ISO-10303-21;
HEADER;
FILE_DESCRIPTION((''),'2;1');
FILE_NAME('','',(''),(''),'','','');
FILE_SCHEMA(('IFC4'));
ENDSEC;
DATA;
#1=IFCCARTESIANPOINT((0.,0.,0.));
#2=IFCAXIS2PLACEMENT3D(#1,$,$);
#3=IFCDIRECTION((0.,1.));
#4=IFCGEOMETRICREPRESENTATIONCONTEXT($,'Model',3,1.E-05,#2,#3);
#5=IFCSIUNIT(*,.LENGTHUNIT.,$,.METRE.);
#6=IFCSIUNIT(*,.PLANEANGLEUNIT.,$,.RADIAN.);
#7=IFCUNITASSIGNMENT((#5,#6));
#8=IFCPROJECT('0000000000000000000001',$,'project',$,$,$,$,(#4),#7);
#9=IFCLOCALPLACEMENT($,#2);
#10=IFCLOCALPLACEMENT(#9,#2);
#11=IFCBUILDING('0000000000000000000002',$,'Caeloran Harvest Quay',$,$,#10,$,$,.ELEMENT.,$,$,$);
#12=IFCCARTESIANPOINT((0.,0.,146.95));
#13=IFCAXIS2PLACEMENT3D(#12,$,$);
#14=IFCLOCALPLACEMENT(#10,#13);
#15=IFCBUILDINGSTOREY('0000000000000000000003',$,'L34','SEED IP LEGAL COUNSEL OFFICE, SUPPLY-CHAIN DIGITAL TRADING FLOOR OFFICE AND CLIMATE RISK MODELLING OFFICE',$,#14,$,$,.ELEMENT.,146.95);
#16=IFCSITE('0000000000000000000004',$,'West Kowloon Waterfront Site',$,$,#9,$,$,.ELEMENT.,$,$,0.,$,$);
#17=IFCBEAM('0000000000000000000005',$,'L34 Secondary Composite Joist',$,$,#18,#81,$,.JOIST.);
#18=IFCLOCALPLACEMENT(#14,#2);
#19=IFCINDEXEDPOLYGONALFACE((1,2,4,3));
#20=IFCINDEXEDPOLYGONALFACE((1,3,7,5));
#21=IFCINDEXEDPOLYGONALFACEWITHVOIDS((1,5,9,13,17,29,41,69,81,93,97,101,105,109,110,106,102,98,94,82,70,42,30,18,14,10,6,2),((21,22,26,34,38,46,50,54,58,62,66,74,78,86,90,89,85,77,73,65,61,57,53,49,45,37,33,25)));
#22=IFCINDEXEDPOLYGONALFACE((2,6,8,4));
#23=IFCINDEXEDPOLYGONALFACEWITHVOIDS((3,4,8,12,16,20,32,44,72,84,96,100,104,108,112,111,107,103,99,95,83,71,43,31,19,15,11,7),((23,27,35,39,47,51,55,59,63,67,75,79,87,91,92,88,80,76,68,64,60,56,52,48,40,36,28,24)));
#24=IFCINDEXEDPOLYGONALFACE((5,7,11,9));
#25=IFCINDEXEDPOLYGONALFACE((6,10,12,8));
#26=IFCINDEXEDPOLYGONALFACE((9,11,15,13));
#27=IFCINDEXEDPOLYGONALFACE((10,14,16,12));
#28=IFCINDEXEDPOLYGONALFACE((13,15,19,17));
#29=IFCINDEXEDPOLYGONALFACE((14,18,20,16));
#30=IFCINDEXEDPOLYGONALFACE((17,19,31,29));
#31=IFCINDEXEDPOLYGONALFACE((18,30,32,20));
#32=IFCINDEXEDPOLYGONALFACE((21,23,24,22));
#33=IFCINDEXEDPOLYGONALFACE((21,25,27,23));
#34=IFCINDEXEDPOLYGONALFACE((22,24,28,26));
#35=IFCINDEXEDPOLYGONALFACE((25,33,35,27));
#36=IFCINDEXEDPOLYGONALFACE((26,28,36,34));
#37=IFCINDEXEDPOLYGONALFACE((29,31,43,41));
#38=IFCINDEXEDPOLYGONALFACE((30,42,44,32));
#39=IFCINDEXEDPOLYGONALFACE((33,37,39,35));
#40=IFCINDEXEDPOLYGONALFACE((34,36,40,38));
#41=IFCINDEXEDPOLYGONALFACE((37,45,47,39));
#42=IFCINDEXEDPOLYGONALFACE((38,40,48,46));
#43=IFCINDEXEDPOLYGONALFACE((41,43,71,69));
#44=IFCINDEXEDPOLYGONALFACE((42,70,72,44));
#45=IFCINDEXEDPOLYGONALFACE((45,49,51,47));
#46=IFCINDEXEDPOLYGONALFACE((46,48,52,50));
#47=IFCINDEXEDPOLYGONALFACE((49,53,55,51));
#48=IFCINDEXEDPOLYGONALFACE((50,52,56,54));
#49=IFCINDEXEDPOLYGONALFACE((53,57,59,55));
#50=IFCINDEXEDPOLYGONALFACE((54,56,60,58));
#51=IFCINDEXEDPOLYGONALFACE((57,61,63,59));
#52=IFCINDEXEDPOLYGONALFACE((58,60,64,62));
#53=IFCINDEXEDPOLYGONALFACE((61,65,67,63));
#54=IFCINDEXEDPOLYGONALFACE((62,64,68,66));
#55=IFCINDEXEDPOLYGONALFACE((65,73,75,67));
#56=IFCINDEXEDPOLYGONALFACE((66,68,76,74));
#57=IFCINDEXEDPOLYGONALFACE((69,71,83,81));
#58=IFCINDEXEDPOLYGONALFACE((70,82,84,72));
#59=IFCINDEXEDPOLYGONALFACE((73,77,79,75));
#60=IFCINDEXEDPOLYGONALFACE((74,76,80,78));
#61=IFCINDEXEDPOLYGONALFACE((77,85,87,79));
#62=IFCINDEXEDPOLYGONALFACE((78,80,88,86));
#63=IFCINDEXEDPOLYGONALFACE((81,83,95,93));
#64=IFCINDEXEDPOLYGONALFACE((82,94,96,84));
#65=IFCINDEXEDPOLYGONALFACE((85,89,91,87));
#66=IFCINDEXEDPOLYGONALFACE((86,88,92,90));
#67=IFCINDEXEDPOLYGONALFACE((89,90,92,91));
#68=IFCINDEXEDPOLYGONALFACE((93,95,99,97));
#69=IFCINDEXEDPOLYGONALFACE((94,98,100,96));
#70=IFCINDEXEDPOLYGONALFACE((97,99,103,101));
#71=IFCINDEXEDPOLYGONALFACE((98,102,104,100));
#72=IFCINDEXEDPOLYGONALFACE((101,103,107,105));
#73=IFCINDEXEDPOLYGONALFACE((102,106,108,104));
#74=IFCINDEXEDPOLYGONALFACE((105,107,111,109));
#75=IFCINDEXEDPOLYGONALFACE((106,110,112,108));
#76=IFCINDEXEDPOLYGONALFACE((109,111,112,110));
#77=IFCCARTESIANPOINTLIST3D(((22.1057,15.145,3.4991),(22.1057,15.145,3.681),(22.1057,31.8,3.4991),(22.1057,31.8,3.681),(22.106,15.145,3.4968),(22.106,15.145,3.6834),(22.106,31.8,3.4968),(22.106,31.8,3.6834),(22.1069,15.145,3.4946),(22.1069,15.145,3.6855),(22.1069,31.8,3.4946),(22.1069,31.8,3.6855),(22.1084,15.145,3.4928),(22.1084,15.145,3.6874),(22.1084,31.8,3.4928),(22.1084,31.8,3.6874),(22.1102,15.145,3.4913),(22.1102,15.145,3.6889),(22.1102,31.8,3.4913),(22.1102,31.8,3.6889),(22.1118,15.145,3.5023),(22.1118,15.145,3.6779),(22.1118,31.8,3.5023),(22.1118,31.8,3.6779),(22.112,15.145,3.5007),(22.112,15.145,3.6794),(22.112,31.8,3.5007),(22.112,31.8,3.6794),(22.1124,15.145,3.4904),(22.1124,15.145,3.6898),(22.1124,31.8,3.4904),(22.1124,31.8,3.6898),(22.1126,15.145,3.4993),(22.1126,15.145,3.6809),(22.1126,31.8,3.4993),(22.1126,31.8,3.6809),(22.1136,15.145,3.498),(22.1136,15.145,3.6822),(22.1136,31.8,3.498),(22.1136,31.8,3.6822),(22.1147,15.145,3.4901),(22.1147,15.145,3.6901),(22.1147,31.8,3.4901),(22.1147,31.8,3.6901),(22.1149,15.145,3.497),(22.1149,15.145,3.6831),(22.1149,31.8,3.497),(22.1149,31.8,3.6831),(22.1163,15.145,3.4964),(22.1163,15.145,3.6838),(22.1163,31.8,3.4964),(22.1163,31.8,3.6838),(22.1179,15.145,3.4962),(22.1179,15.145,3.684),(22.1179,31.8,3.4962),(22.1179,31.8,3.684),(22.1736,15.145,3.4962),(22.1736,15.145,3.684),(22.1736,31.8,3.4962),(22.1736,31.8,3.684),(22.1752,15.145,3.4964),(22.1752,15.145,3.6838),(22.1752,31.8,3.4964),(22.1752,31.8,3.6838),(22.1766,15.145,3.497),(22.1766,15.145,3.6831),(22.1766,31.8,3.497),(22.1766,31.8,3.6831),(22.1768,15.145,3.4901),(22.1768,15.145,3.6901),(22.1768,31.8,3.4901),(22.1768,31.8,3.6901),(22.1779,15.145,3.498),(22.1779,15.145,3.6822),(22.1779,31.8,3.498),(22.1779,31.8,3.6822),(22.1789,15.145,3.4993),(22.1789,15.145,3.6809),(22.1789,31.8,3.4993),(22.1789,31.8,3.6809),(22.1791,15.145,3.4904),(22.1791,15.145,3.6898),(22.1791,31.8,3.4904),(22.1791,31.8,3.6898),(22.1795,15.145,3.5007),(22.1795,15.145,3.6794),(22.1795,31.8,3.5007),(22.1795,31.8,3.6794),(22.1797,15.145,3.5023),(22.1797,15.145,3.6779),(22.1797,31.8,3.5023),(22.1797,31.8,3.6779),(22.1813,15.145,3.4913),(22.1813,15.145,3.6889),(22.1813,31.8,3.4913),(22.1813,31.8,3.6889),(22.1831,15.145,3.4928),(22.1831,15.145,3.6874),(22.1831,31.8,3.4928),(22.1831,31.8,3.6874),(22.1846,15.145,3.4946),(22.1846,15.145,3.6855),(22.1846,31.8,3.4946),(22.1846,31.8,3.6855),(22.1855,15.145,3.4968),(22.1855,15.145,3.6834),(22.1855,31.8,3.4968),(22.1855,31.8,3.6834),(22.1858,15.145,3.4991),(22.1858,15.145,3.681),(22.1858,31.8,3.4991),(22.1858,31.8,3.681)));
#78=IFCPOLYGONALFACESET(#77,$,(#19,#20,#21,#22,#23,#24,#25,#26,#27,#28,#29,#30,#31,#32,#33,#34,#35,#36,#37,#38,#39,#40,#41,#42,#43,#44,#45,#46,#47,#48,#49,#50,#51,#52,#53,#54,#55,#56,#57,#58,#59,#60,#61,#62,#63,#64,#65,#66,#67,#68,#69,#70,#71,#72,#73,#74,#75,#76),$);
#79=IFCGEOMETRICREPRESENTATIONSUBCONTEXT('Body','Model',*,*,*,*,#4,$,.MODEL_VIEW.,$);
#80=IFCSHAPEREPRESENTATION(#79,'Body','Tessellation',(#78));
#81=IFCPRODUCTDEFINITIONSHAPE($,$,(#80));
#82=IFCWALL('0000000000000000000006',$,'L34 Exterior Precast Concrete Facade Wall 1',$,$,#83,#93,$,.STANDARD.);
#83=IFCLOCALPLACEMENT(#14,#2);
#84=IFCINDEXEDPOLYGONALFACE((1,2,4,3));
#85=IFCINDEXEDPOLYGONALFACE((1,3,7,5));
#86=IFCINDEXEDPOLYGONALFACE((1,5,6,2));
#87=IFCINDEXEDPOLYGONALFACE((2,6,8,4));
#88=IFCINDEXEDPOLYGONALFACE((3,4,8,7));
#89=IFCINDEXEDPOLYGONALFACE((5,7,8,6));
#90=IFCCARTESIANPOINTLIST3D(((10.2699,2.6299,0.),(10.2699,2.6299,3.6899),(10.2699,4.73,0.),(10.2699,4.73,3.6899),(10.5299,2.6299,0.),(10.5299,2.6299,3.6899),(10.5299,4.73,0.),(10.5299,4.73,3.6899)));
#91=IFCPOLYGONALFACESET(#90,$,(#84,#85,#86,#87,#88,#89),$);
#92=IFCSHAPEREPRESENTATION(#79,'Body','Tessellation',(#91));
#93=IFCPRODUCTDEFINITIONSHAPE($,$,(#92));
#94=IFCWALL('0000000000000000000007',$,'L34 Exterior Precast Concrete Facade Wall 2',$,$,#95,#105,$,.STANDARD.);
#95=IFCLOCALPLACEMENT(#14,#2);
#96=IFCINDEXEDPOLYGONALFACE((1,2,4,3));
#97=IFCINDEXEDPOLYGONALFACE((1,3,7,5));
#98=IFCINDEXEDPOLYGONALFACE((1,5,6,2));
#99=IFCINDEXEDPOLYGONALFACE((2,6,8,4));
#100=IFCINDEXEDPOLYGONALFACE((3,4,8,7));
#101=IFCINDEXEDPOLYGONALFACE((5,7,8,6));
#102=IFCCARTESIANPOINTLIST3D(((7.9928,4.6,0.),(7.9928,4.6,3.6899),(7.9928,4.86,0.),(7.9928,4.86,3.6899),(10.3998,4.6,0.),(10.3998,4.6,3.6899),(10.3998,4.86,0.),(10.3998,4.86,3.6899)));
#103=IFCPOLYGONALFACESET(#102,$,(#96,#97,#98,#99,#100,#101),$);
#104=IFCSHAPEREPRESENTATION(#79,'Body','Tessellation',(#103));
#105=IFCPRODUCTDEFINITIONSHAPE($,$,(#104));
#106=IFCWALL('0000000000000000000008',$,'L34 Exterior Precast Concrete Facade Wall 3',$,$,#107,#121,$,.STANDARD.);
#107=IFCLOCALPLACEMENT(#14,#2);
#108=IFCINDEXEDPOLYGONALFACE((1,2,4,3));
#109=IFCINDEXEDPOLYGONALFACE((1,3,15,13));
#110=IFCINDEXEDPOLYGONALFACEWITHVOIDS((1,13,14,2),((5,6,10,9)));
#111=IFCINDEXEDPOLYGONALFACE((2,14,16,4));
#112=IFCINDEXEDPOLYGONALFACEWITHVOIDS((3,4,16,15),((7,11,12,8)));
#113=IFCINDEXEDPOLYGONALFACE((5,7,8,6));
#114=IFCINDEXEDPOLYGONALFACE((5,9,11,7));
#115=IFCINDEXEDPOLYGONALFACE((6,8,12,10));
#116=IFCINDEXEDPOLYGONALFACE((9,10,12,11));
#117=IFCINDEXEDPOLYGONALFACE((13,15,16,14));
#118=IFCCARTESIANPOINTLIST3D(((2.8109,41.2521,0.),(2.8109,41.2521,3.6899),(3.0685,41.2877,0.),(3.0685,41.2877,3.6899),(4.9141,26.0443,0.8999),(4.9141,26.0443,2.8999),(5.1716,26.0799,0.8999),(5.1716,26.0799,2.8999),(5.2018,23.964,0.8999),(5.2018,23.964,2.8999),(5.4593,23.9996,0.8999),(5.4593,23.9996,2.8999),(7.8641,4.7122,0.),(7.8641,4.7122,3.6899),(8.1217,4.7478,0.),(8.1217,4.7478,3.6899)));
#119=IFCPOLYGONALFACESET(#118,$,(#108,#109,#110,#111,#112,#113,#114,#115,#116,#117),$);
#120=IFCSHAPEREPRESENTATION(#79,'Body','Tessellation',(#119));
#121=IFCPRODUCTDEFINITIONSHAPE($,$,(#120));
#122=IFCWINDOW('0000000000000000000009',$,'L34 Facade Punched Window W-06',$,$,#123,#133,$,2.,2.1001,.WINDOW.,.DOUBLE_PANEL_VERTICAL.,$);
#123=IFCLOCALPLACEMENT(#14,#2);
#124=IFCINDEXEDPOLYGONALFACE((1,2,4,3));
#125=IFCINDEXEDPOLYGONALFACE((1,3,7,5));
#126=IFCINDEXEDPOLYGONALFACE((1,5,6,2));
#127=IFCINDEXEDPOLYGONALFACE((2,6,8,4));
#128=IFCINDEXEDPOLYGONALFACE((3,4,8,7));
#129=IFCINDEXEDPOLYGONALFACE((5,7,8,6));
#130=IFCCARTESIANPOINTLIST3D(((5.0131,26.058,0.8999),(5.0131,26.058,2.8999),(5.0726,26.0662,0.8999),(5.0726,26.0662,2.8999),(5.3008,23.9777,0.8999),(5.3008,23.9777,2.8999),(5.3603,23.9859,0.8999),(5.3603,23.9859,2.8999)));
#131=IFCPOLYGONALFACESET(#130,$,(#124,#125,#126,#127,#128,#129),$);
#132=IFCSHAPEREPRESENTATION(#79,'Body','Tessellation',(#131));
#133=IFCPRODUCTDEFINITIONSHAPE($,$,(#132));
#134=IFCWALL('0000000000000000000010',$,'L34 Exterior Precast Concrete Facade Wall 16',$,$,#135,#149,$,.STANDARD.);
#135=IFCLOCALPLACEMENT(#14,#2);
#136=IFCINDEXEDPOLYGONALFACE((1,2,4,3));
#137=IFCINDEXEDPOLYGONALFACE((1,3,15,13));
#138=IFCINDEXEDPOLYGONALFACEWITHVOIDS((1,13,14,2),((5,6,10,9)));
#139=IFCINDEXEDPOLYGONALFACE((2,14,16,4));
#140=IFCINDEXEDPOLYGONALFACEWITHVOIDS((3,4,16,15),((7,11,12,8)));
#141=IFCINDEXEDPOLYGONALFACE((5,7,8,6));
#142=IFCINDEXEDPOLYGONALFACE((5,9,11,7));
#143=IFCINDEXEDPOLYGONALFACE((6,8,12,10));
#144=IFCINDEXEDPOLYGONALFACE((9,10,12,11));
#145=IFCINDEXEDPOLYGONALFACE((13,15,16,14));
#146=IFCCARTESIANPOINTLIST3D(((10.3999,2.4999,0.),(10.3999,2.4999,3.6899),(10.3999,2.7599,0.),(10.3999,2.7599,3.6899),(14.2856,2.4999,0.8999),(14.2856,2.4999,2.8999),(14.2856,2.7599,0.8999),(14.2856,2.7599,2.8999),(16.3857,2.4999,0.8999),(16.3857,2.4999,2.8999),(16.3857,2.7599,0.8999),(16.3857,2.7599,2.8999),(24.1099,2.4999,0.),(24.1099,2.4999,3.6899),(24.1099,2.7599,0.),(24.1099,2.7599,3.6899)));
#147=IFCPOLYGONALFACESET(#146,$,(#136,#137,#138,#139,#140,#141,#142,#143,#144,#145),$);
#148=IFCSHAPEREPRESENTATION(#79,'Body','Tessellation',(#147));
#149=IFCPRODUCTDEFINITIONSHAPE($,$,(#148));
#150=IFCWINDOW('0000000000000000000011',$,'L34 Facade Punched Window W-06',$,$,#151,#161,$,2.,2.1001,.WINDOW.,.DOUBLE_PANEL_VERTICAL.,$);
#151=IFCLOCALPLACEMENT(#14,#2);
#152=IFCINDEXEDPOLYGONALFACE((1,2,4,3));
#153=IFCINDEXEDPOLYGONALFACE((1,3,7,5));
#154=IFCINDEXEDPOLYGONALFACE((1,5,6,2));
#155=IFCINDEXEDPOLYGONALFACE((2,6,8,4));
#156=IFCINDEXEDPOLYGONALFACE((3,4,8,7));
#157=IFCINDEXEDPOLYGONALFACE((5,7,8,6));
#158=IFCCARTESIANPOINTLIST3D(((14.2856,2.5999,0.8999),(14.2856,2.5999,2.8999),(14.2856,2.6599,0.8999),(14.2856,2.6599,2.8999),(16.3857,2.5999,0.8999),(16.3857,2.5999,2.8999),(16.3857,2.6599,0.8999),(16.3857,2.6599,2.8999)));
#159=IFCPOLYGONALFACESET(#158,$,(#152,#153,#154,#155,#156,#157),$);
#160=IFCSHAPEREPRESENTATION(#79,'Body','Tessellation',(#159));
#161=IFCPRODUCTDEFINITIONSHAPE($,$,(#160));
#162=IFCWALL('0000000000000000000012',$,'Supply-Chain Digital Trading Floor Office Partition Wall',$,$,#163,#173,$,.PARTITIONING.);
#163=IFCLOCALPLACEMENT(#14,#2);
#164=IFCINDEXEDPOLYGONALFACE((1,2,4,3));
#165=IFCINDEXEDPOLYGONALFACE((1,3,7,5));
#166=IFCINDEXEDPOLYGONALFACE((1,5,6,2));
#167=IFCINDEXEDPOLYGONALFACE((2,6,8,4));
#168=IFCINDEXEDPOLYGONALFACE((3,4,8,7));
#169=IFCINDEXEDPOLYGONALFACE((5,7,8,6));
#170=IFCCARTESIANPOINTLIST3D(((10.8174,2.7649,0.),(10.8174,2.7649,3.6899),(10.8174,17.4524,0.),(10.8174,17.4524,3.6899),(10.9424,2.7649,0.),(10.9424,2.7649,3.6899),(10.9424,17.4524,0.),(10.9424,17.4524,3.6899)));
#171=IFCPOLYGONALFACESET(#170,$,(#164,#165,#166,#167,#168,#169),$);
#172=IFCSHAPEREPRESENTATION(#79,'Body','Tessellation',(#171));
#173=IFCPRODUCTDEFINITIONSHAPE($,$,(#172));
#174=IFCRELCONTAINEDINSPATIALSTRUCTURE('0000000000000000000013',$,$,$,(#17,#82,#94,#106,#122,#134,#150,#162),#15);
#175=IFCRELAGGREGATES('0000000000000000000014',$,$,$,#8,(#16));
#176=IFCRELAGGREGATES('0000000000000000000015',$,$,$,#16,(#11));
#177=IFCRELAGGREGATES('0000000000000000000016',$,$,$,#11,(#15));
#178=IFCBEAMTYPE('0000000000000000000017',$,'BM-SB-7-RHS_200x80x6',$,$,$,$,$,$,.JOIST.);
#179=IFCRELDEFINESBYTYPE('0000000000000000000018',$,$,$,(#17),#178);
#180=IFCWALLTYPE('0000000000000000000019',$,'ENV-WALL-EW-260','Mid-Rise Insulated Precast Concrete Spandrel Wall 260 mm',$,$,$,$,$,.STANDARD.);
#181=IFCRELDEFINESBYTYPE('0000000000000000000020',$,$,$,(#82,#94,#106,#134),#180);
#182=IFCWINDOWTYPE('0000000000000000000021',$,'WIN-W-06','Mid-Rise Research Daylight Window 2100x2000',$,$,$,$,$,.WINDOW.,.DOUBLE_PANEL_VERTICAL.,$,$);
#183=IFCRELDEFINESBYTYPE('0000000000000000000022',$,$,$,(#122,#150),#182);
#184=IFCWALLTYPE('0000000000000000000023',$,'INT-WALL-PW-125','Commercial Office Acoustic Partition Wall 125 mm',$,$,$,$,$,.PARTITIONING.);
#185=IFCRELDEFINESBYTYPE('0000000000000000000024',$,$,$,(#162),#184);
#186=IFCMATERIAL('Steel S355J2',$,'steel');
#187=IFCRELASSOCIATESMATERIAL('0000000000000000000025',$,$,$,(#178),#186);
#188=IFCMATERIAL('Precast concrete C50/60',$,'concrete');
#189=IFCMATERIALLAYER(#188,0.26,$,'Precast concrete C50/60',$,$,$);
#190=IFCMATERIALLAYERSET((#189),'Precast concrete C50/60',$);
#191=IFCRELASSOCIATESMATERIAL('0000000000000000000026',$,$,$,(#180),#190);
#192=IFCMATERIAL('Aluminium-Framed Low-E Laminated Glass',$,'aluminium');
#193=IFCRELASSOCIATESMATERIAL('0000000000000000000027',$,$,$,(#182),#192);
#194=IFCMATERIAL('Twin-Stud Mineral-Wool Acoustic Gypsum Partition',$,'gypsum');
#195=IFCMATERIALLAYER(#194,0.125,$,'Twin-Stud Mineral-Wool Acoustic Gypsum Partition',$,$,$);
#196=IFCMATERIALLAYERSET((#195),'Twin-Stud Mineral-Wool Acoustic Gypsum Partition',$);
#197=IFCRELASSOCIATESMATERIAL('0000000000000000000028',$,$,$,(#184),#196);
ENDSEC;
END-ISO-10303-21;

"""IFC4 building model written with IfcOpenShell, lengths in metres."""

from ifc_helpers import new_model, si_unit, direction, frame, frame_2d, origin, origin_2d, place, context, subcontext, project, spatial, rectangle, hollow_rectangle, extrude, material, layer, layer_set, material_profile, profile_set, type_object, element, fill, save


model = new_model("IFC4")

# Units and contexts
model_context = context("Model", 3, precision=1e-05, world=origin(), true_north=direction((0.0, 1.0)))
body_context = subcontext(model_context, "Body", "Model", "MODEL_VIEW")
ifc_project = project(units=[si_unit("LENGTHUNIT", "METRE"), si_unit("PLANEANGLEUNIT", "RADIAN")], contexts=[model_context])

# Site, building, storey
site_placement = place(None, origin())
site = spatial("IfcSite", under=ifc_project, at=site_placement, Name="West Kowloon Waterfront Site", CompositionType="ELEMENT", RefElevation=0.0)
building_placement = place(site_placement, origin())
building = spatial("IfcBuilding", under=site, at=building_placement, Name="Caeloran Harvest Quay", CompositionType="ELEMENT")
storey_placement = place(building_placement, frame((0.0, 0.0, 146.95)))
storey = spatial("IfcBuildingStorey", under=building, at=storey_placement, Name="L34", Description="SEED IP LEGAL COUNSEL OFFICE, SUPPLY-CHAIN DIGITAL TRADING FLOOR OFFICE AND CLIMATE RISK MODELLING OFFICE", CompositionType="ELEMENT", Elevation=146.95)

# Beam
ifc_material_1 = material(Name="Steel S355J2", Category="steel")
ifc_material_profile_1 = material_profile(ifc_material_1, hollow_rectangle(XDim=0.0801, YDim=0.2, WallThickness=0.0061, InnerFilletRadius=0.0061, OuterFilletRadius=0.009, at=origin_2d()), Name="RHS 200x80x6")
ifc_profile_set_1 = profile_set([ifc_material_profile_1], Name="Steel S355J2")
beam_type_1 = type_object("IfcBeamType", Name="BM-SB-7-RHS_200x80x6", PredefinedType="JOIST", material=ifc_profile_set_1)
for number, where, z_axis, x_axis, name in (
    (1, (22.1458, 15.145, 3.5901), (0.0, 1.0, 0.0), (-1.0, 0.0, 0.0), "L34 Secondary Composite Joist"),
):
    element("IfcBeam", number, at=place(storey_placement, frame(where, z_axis=z_axis, x_axis=x_axis)), inside=storey, type_object=beam_type_1, Name=name, PredefinedType="JOIST", context=body_context, shape_type="SweptSolid", body=[
        extrude(hollow_rectangle(XDim=0.0801, YDim=0.2, WallThickness=0.0061, InnerFilletRadius=0.0061, OuterFilletRadius=0.009, at=origin_2d()), origin(), (0.0, 0.0, 1.0), 16.655),
    ])

# Walls
ifc_material_2 = material(Name="Precast concrete C50/60", Category="concrete")
ifc_layer_1 = layer(ifc_material_2, 0.26, Name="Precast concrete C50/60")
ifc_layer_set_1 = layer_set([ifc_layer_1], Name="Precast concrete C50/60")
wall_type_1 = type_object("IfcWallType", Name="ENV-WALL-EW-260", Description="Mid-Rise Insulated Precast Concrete Spandrel Wall 260 mm", PredefinedType="STANDARD", material=ifc_layer_set_1)
wall_1_placement = place(storey_placement, frame((10.3999, 2.6299, 0.0), z_axis=(0.0, 0.0, 1.0), x_axis=(0.0, 1.0, 0.0)))
element("IfcWall", 2, at=wall_1_placement, inside=storey, type_object=wall_type_1, Name="L34 Exterior Precast Concrete Facade Wall 1", PredefinedType="STANDARD", context=body_context, shape_type="SweptSolid", body=[
    extrude(rectangle(XDim=2.1001, YDim=0.26, at=frame_2d((1.05, 0.0))), origin(), (0.0, 0.0, 1.0), 3.6899),
])
wall_2_placement = place(storey_placement, frame((10.3999, 4.73, 0.0), z_axis=(0.0, 0.0, 1.0), x_axis=(-1.0, 0.0, 0.0)))
element("IfcWall", 3, at=wall_2_placement, inside=storey, type_object=wall_type_1, Name="L34 Exterior Precast Concrete Facade Wall 2", PredefinedType="STANDARD", context=body_context, shape_type="SweptSolid", body=[
    extrude(rectangle(XDim=2.407, YDim=0.26, at=frame_2d((1.2036, 0.0))), origin(), (0.0, 0.0, 1.0), 3.6899),
])

# Walls, openings, windows
wall_3_placement = place(storey_placement, frame((7.9929, 4.73, 0.0), z_axis=(0.0, 0.0, 1.0), x_axis=(-0.136989, 0.990573, 0.0)))
wall_3 = element("IfcWall", 4, at=wall_3_placement, inside=storey, type_object=wall_type_1, Name="L34 Exterior Precast Concrete Facade Wall 3", PredefinedType="STANDARD", context=body_context, shape_type="SweptSolid", body=[
    extrude(rectangle(XDim=36.8877, YDim=0.26, at=frame_2d((18.4438, 0.0))), origin(), (0.0, 0.0, 1.0), 3.6899),
])
opening_1_placement = place(wall_3_placement, frame((19.4351, 0.0, 0.8999)))
opening_1 = element("IfcOpeningElement", 5, at=opening_1_placement, cuts=wall_3, PredefinedType="OPENING", context=body_context, shape_type="SweptSolid", body=[
    extrude(rectangle(XDim=2.1001, YDim=2.0, at=frame_2d((1.05, 1.0))), frame((0.0, 0.1401, 0.0), z_axis=(0.0, -1.0, 0.0), x_axis=(1.0, 0.0, 0.0)), (0.0, 0.0, 1.0), 0.28),
])
ifc_material_3 = material(Name="Aluminium-Framed Low-E Laminated Glass", Category="aluminium")
window_type = type_object("IfcWindowType", Name="WIN-W-06", Description="Mid-Rise Research Daylight Window 2100x2000", PartitioningType="DOUBLE_PANEL_VERTICAL", PredefinedType="WINDOW", material=ifc_material_3)
window_1_placement = place(opening_1_placement, origin())
window_1 = element("IfcWindow", 6, at=window_1_placement, inside=storey, type_object=window_type, Name="L34 Facade Punched Window W-06", OverallHeight=2.0, OverallWidth=2.1001, PartitioningType="DOUBLE_PANEL_VERTICAL", PredefinedType="WINDOW", context=body_context, shape_type="SweptSolid", body=[
    extrude(rectangle(XDim=2.1001, YDim=2.0, at=frame_2d((1.05, 1.0))), frame((0.0, 0.03, 0.0), z_axis=(0.0, -1.0, 0.0), x_axis=(1.0, 0.0, 0.0)), (0.0, 0.0, 1.0), 0.0601),
])
fill(opening_1, window_1)
wall_4_placement = place(storey_placement, frame((24.1099, 2.6299, 0.0), z_axis=(0.0, 0.0, 1.0), x_axis=(-1.0, 0.0, 0.0)))
wall_4 = element("IfcWall", 7, at=wall_4_placement, inside=storey, type_object=wall_type_1, Name="L34 Exterior Precast Concrete Facade Wall 16", PredefinedType="STANDARD", context=body_context, shape_type="SweptSolid", body=[
    extrude(rectangle(XDim=13.71, YDim=0.26, at=frame_2d((6.855, 0.0))), origin(), (0.0, 0.0, 1.0), 3.6899),
])
opening_2_placement = place(wall_4_placement, frame((7.7241, 0.0, 0.8999)))
opening_2 = element("IfcOpeningElement", 8, at=opening_2_placement, cuts=wall_4, PredefinedType="OPENING", context=body_context, shape_type="SweptSolid", body=[
    extrude(rectangle(XDim=2.1001, YDim=2.0, at=frame_2d((1.05, 1.0))), frame((0.0, 0.1401, 0.0), z_axis=(0.0, -1.0, 0.0), x_axis=(1.0, 0.0, 0.0)), (0.0, 0.0, 1.0), 0.28),
])
window_2_placement = place(opening_2_placement, origin())
window_2 = element("IfcWindow", 9, at=window_2_placement, inside=storey, type_object=window_type, Name="L34 Facade Punched Window W-06", OverallHeight=2.0, OverallWidth=2.1001, PartitioningType="DOUBLE_PANEL_VERTICAL", PredefinedType="WINDOW", context=body_context, shape_type="SweptSolid", body=[
    extrude(rectangle(XDim=2.1001, YDim=2.0, at=frame_2d((1.05, 1.0))), frame((0.0, 0.03, 0.0), z_axis=(0.0, -1.0, 0.0), x_axis=(1.0, 0.0, 0.0)), (0.0, 0.0, 1.0), 0.0601),
])
fill(opening_2, window_2)

# Wall
ifc_material_4 = material(Name="Twin-Stud Mineral-Wool Acoustic Gypsum Partition", Category="gypsum")
ifc_layer_2 = layer(ifc_material_4, 0.125, Name="Twin-Stud Mineral-Wool Acoustic Gypsum Partition")
ifc_layer_set_2 = layer_set([ifc_layer_2], Name="Twin-Stud Mineral-Wool Acoustic Gypsum Partition")
wall_type_2 = type_object("IfcWallType", Name="INT-WALL-PW-125", Description="Commercial Office Acoustic Partition Wall 125 mm", PredefinedType="PARTITIONING", material=ifc_layer_set_2)
wall_5_placement = place(storey_placement, frame((10.8799, 2.7649, 0.0), z_axis=(0.0, 0.0, 1.0), x_axis=(0.0, 1.0, 0.0)))
element("IfcWall", 10, at=wall_5_placement, inside=storey, type_object=wall_type_2, Name="Supply-Chain Digital Trading Floor Office Partition Wall", PredefinedType="PARTITIONING", context=body_context, shape_type="SweptSolid", body=[
    extrude(rectangle(XDim=14.6875, YDim=0.125, at=frame_2d((7.3438, 0.0))), origin(), (0.0, 0.0, 1.0), 3.6899),
])

save(model, "model.ifc")
